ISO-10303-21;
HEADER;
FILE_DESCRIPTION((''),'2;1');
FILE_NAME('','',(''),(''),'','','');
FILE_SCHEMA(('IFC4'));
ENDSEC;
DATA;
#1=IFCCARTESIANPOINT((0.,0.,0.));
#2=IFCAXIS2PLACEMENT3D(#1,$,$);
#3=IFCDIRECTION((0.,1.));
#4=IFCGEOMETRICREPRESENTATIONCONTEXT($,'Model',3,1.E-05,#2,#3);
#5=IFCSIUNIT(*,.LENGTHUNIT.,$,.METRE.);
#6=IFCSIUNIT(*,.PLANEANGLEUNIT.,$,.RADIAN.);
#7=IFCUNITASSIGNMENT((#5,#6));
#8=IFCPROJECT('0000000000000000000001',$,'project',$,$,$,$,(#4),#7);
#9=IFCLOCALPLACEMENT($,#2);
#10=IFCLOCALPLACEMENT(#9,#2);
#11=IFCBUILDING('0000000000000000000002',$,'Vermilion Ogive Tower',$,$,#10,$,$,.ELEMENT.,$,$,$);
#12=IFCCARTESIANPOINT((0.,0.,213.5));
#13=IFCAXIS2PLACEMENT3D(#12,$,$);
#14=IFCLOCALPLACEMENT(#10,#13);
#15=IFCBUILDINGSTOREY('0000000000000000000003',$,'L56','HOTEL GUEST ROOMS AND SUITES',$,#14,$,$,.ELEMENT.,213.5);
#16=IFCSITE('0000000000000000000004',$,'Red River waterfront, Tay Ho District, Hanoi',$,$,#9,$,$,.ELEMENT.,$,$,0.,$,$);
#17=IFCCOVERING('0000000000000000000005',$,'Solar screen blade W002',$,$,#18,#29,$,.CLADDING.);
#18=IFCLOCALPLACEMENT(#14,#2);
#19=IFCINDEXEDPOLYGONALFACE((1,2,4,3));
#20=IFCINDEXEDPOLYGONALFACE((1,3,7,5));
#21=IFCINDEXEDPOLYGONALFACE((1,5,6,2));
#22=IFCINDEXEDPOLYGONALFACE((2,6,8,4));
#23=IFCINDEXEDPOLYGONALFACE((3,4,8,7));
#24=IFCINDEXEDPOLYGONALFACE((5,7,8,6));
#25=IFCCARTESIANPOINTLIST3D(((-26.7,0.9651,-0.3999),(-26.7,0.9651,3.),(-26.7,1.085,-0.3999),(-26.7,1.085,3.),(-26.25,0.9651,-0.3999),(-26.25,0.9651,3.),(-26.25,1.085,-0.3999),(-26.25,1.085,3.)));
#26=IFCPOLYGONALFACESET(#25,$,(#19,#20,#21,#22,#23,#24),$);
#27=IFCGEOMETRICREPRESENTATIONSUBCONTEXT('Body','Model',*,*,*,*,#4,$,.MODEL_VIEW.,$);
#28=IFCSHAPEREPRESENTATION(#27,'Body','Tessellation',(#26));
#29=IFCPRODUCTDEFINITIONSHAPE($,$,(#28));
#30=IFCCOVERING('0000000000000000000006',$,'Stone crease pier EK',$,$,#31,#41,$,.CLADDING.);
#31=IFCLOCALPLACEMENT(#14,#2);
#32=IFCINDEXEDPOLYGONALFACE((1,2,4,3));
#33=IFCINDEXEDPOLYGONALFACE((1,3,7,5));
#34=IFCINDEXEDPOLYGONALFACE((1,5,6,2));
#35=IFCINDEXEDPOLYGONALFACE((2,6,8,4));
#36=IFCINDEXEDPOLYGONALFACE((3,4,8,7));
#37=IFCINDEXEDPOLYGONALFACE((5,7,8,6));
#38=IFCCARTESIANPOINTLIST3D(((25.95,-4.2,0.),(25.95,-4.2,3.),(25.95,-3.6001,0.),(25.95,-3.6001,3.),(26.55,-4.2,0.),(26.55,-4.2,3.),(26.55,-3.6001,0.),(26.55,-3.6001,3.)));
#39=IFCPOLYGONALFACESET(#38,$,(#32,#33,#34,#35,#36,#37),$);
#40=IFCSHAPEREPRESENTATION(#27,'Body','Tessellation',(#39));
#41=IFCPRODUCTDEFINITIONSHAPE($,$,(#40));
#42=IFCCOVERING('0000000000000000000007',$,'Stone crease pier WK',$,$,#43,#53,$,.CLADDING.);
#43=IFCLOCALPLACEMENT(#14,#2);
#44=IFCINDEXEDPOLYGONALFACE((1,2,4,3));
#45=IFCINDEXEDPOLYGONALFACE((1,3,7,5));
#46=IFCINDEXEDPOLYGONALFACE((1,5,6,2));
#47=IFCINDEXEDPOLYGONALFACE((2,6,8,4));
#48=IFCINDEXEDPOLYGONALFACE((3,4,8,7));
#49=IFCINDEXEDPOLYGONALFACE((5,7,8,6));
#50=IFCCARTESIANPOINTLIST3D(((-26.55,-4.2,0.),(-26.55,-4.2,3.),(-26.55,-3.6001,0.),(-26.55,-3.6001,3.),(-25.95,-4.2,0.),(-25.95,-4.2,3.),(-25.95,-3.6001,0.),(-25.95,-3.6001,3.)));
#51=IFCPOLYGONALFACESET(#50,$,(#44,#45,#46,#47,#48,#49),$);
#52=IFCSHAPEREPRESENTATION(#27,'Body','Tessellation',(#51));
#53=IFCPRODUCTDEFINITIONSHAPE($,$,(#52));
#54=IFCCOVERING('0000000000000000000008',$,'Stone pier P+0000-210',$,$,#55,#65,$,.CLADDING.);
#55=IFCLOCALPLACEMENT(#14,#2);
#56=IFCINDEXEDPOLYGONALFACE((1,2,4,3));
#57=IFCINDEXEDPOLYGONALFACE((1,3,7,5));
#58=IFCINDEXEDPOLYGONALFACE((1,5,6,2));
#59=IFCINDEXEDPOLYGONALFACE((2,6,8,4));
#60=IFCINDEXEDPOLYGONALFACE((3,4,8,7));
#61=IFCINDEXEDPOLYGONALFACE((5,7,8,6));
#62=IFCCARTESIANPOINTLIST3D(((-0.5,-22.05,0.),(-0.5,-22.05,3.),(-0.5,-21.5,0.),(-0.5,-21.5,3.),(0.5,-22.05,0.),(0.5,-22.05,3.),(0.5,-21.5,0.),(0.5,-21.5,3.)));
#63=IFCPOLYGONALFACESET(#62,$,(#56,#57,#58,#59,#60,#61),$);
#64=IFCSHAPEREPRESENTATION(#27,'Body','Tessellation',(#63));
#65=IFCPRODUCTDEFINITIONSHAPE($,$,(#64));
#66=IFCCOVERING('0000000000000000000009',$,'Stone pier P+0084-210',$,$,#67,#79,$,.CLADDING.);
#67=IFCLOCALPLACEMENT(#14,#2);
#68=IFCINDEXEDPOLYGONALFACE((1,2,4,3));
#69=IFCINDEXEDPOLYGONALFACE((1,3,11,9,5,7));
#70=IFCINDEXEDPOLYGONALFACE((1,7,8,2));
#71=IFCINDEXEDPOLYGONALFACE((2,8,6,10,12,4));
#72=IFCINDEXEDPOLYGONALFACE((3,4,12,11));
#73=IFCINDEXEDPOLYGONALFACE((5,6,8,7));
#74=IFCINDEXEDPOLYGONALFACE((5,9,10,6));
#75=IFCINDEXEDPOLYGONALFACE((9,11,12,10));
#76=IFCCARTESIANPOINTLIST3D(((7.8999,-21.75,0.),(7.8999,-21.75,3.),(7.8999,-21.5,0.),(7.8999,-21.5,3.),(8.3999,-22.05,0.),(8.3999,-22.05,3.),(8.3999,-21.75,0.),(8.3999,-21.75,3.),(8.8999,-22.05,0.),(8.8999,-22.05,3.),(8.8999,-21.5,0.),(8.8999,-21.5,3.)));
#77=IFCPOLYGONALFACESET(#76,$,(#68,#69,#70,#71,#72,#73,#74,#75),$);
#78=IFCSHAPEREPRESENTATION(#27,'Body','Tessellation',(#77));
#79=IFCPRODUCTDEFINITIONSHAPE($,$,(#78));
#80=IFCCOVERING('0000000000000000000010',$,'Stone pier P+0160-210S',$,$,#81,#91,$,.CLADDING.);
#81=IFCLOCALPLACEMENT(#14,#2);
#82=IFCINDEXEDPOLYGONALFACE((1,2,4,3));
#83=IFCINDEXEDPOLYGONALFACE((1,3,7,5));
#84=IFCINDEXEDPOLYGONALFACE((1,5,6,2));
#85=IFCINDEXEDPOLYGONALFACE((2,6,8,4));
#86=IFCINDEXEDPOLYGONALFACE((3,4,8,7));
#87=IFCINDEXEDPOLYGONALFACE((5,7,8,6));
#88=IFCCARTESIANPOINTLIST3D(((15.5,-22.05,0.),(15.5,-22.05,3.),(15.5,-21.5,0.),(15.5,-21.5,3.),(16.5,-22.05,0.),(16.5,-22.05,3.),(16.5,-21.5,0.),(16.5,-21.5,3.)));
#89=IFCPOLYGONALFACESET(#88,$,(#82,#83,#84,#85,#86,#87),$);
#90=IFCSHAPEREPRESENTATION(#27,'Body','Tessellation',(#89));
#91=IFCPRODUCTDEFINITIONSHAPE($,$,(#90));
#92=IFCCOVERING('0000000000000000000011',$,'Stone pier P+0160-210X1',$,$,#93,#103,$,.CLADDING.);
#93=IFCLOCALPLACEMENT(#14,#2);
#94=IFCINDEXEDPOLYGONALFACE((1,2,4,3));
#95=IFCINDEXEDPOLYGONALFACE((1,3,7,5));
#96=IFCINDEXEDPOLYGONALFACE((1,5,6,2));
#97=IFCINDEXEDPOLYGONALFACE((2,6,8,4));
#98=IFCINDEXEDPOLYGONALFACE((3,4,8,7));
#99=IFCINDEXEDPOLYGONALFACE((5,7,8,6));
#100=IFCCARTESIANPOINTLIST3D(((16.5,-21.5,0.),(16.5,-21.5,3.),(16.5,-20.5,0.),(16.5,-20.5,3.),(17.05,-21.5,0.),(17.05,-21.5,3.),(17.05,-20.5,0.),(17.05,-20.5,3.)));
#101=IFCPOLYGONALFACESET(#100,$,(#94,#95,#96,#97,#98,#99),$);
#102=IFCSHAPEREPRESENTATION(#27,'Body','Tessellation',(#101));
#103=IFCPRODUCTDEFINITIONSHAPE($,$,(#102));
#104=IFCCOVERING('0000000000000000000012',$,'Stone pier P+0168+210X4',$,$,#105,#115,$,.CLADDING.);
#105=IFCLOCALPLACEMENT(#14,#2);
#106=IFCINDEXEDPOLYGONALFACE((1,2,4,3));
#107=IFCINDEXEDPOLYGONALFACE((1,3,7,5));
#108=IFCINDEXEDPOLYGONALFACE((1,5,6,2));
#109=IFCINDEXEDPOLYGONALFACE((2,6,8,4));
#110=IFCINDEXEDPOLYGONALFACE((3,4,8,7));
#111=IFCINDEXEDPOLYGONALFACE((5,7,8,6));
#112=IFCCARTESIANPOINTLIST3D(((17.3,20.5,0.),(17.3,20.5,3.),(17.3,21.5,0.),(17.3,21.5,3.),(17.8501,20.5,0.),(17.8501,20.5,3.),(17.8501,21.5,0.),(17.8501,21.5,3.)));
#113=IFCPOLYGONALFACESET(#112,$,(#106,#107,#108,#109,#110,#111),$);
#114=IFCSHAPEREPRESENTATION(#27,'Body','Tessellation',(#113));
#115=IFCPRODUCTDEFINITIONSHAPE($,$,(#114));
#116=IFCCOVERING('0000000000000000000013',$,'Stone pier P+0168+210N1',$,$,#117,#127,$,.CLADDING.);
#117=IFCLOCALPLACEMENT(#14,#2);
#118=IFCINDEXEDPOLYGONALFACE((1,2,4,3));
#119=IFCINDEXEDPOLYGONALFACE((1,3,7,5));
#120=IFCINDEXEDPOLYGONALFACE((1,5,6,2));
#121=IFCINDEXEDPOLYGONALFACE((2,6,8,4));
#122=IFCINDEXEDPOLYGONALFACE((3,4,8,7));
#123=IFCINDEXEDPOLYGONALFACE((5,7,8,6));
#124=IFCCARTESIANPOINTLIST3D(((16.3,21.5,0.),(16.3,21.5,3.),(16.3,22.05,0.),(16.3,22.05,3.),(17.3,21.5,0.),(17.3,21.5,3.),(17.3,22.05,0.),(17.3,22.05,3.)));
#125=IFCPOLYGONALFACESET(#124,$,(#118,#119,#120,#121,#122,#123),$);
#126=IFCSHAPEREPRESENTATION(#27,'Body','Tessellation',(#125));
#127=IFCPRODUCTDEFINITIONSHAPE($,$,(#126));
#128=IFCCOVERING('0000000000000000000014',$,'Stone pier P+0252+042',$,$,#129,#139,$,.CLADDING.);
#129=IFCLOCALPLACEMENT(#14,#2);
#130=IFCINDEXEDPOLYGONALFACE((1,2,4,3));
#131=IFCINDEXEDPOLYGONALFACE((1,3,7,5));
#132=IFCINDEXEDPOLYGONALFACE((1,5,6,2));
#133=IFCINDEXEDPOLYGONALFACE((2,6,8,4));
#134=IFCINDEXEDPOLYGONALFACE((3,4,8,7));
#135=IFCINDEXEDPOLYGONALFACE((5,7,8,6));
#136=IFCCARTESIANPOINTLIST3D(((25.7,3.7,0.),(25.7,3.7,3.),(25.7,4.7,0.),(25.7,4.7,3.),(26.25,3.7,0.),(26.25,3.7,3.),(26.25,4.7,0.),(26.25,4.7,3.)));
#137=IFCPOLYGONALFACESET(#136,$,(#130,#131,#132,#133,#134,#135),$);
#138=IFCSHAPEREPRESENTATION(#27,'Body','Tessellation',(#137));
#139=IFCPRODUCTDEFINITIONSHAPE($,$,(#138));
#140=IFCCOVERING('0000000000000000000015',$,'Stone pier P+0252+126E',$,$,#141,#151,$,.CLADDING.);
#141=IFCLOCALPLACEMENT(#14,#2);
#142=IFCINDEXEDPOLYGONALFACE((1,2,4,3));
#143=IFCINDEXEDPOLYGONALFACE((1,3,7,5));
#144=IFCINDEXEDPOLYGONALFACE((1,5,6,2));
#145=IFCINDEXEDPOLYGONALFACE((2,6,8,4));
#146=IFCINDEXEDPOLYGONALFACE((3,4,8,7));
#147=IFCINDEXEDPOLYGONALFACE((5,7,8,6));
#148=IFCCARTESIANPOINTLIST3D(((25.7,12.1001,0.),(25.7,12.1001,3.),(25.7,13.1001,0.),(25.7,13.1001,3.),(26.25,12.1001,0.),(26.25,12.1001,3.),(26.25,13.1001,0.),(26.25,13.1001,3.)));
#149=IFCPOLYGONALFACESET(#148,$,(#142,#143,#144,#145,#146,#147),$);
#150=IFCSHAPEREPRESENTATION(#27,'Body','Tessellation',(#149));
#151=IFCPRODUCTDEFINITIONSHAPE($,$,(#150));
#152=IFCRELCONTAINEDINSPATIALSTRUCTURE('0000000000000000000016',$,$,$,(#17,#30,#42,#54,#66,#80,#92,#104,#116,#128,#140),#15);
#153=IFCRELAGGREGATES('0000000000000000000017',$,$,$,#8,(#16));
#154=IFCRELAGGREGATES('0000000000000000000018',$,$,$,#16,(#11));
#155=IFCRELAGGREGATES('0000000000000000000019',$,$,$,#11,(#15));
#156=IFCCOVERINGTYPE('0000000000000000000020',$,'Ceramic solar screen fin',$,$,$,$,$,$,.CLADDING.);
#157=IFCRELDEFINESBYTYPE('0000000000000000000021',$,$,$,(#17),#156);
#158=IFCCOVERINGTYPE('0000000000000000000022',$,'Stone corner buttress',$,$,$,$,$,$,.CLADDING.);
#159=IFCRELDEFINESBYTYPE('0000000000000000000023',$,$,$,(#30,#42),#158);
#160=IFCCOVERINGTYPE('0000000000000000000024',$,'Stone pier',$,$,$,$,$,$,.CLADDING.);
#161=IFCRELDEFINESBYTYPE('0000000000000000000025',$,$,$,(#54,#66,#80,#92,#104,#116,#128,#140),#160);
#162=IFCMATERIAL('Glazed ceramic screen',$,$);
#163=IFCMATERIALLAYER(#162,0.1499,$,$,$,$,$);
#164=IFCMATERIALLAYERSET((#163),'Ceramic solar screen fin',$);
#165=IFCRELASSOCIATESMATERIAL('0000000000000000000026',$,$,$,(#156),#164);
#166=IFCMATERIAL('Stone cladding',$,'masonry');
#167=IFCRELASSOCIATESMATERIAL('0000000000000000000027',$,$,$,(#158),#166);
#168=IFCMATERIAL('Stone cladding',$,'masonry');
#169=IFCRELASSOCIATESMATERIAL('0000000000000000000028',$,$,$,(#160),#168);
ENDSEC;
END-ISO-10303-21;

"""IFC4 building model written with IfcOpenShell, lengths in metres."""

from ifc_helpers import new_model, si_unit, direction, frame, origin, place, context, subcontext, project, spatial, polyline, outline, extrude, material, layer, layer_set, type_object, element, save


model = new_model("IFC4")

# Units and contexts
model_context = context("Model", 3, precision=1e-05, world=origin(), true_north=direction((0.0, 1.0)))
body_context = subcontext(model_context, "Body", "Model", "MODEL_VIEW")
ifc_project = project(units=[si_unit("LENGTHUNIT", "METRE"), si_unit("PLANEANGLEUNIT", "RADIAN")], contexts=[model_context])

# Site, building, storey
site_placement = place(None, origin())
site = spatial("IfcSite", under=ifc_project, at=site_placement, Name="Red River waterfront, Tay Ho District, Hanoi", CompositionType="ELEMENT", RefElevation=0.0)
building_placement = place(site_placement, origin())
building = spatial("IfcBuilding", under=site, at=building_placement, Name="Vermilion Ogive Tower", CompositionType="ELEMENT")
storey_placement = place(building_placement, frame((0.0, 0.0, 213.5)))
storey = spatial("IfcBuildingStorey", under=building, at=storey_placement, Name="L56", Description="HOTEL GUEST ROOMS AND SUITES", CompositionType="ELEMENT", Elevation=213.5)

# Coverings
ifc_material_1 = material(Name="Glazed ceramic screen")
ifc_layer_1 = layer(ifc_material_1, 0.1499)
ifc_layer_set_1 = layer_set([ifc_layer_1], Name="Ceramic solar screen fin")
covering_type_1 = type_object("IfcCoveringType", Name="Ceramic solar screen fin", PredefinedType="CLADDING", material=ifc_layer_set_1)
covering_1_placement = place(storey_placement, frame((0.0, 0.0, -0.3999)))
element("IfcCovering", 1, at=covering_1_placement, inside=storey, type_object=covering_type_1, Name="Solar screen blade W002", PredefinedType="CLADDING", context=body_context, shape_type="SweptSolid", body=[
    extrude(outline(polyline([(-26.7, 1.085), (-26.7, 0.9651), (-26.25, 0.9651), (-26.25, 1.085), (-26.7, 1.085)])), origin(), (0.0, 0.0, 1.0), 3.3999),
])
ifc_material_2 = material(Name="Stone cladding", Category="masonry")
covering_type_2 = type_object("IfcCoveringType", Name="Stone corner buttress", PredefinedType="CLADDING", material=ifc_material_2)
covering_2_placement = place(storey_placement, origin())
element("IfcCovering", 2, at=covering_2_placement, inside=storey, type_object=covering_type_2, Name="Stone crease pier EK", PredefinedType="CLADDING", context=body_context, shape_type="SweptSolid", body=[
    extrude(outline(polyline([(26.55, -4.2), (26.55, -3.6001), (25.95, -3.6001), (25.95, -4.2), (26.55, -4.2)])), origin(), (0.0, 0.0, 1.0), 3.0),
])
covering_3_placement = place(storey_placement, origin())
element("IfcCovering", 3, at=covering_3_placement, inside=storey, type_object=covering_type_2, Name="Stone crease pier WK", PredefinedType="CLADDING", context=body_context, shape_type="SweptSolid", body=[
    extrude(outline(polyline([(-26.55, -3.6001), (-26.55, -4.2), (-25.95, -4.2), (-25.95, -3.6001), (-26.55, -3.6001)])), origin(), (0.0, 0.0, 1.0), 3.0),
])
ifc_material_3 = material(Name="Stone cladding", Category="masonry")
covering_type_3 = type_object("IfcCoveringType", Name="Stone pier", PredefinedType="CLADDING", material=ifc_material_3)
covering_4_placement = place(storey_placement, origin())
element("IfcCovering", 4, at=covering_4_placement, inside=storey, type_object=covering_type_3, Name="Stone pier P+0000-210", PredefinedType="CLADDING", context=body_context, shape_type="SweptSolid", body=[
    extrude(outline(polyline([(0.5, -22.05), (-0.5, -22.05), (-0.5, -21.5), (0.5, -21.5), (0.5, -22.05)])), origin(), (0.0, 0.0, 1.0), 3.0),
])
covering_5_placement = place(storey_placement, origin())
element("IfcCovering", 5, at=covering_5_placement, inside=storey, type_object=covering_type_3, Name="Stone pier P+0084-210", PredefinedType="CLADDING", context=body_context, shape_type="SweptSolid", body=[
    extrude(outline(polyline([(8.8999, -21.5), (8.8999, -22.05), (8.3999, -22.05), (8.3999, -21.75), (7.8999, -21.75), (7.8999, -21.5), (7.8999, -21.5), (8.8999, -21.5)])), origin(), (0.0, 0.0, 1.0), 3.0),
])
covering_6_placement = place(storey_placement, origin())
element("IfcCovering", 6, at=covering_6_placement, inside=storey, type_object=covering_type_3, Name="Stone pier P+0160-210S", PredefinedType="CLADDING", context=body_context, shape_type="SweptSolid", body=[
    extrude(outline(polyline([(16.5, -22.05), (15.5, -22.05), (15.5, -21.5), (16.5, -21.5), (16.5, -22.05)])), origin(), (0.0, 0.0, 1.0), 3.0),
])
covering_7_placement = place(storey_placement, origin())
element("IfcCovering", 7, at=covering_7_placement, inside=storey, type_object=covering_type_3, Name="Stone pier P+0160-210X1", PredefinedType="CLADDING", context=body_context, shape_type="SweptSolid", body=[
    extrude(outline(polyline([(17.05, -21.5), (16.5, -21.5), (16.5, -20.5), (17.05, -20.5), (17.05, -21.5)])), origin(), (0.0, 0.0, 1.0), 3.0),
])
covering_8_placement = place(storey_placement, origin())
element("IfcCovering", 8, at=covering_8_placement, inside=storey, type_object=covering_type_3, Name="Stone pier P+0168+210X4", PredefinedType="CLADDING", context=body_context, shape_type="SweptSolid", body=[
    extrude(outline(polyline([(17.8501, 21.5), (17.8501, 20.5), (17.3, 20.5), (17.3, 21.5), (17.8501, 21.5)])), origin(), (0.0, 0.0, 1.0), 3.0),
])
covering_9_placement = place(storey_placement, origin())
element("IfcCovering", 9, at=covering_9_placement, inside=storey, type_object=covering_type_3, Name="Stone pier P+0168+210N1", PredefinedType="CLADDING", context=body_context, shape_type="SweptSolid", body=[
    extrude(outline(polyline([(17.3, 22.05), (17.3, 21.5), (16.3, 21.5), (16.3, 22.05), (17.3, 22.05)])), origin(), (0.0, 0.0, 1.0), 3.0),
])
covering_10_placement = place(storey_placement, origin())
element("IfcCovering", 10, at=covering_10_placement, inside=storey, type_object=covering_type_3, Name="Stone pier P+0252+042", PredefinedType="CLADDING", context=body_context, shape_type="SweptSolid", body=[
    extrude(outline(polyline([(25.7, 4.7), (26.25, 4.7), (26.25, 3.7), (25.7, 3.7), (25.7, 4.7), (25.7, 4.7)])), origin(), (0.0, 0.0, 1.0), 3.0),
])
covering_11_placement = place(storey_placement, origin())
element("IfcCovering", 11, at=covering_11_placement, inside=storey, type_object=covering_type_3, Name="Stone pier P+0252+126E", PredefinedType="CLADDING", context=body_context, shape_type="SweptSolid", body=[
    extrude(outline(polyline([(26.25, 13.1001), (26.25, 12.1001), (25.7, 12.1001), (25.7, 13.1001), (26.25, 13.1001)])), origin(), (0.0, 0.0, 1.0), 3.0),
])

save(model, "model.ifc")
